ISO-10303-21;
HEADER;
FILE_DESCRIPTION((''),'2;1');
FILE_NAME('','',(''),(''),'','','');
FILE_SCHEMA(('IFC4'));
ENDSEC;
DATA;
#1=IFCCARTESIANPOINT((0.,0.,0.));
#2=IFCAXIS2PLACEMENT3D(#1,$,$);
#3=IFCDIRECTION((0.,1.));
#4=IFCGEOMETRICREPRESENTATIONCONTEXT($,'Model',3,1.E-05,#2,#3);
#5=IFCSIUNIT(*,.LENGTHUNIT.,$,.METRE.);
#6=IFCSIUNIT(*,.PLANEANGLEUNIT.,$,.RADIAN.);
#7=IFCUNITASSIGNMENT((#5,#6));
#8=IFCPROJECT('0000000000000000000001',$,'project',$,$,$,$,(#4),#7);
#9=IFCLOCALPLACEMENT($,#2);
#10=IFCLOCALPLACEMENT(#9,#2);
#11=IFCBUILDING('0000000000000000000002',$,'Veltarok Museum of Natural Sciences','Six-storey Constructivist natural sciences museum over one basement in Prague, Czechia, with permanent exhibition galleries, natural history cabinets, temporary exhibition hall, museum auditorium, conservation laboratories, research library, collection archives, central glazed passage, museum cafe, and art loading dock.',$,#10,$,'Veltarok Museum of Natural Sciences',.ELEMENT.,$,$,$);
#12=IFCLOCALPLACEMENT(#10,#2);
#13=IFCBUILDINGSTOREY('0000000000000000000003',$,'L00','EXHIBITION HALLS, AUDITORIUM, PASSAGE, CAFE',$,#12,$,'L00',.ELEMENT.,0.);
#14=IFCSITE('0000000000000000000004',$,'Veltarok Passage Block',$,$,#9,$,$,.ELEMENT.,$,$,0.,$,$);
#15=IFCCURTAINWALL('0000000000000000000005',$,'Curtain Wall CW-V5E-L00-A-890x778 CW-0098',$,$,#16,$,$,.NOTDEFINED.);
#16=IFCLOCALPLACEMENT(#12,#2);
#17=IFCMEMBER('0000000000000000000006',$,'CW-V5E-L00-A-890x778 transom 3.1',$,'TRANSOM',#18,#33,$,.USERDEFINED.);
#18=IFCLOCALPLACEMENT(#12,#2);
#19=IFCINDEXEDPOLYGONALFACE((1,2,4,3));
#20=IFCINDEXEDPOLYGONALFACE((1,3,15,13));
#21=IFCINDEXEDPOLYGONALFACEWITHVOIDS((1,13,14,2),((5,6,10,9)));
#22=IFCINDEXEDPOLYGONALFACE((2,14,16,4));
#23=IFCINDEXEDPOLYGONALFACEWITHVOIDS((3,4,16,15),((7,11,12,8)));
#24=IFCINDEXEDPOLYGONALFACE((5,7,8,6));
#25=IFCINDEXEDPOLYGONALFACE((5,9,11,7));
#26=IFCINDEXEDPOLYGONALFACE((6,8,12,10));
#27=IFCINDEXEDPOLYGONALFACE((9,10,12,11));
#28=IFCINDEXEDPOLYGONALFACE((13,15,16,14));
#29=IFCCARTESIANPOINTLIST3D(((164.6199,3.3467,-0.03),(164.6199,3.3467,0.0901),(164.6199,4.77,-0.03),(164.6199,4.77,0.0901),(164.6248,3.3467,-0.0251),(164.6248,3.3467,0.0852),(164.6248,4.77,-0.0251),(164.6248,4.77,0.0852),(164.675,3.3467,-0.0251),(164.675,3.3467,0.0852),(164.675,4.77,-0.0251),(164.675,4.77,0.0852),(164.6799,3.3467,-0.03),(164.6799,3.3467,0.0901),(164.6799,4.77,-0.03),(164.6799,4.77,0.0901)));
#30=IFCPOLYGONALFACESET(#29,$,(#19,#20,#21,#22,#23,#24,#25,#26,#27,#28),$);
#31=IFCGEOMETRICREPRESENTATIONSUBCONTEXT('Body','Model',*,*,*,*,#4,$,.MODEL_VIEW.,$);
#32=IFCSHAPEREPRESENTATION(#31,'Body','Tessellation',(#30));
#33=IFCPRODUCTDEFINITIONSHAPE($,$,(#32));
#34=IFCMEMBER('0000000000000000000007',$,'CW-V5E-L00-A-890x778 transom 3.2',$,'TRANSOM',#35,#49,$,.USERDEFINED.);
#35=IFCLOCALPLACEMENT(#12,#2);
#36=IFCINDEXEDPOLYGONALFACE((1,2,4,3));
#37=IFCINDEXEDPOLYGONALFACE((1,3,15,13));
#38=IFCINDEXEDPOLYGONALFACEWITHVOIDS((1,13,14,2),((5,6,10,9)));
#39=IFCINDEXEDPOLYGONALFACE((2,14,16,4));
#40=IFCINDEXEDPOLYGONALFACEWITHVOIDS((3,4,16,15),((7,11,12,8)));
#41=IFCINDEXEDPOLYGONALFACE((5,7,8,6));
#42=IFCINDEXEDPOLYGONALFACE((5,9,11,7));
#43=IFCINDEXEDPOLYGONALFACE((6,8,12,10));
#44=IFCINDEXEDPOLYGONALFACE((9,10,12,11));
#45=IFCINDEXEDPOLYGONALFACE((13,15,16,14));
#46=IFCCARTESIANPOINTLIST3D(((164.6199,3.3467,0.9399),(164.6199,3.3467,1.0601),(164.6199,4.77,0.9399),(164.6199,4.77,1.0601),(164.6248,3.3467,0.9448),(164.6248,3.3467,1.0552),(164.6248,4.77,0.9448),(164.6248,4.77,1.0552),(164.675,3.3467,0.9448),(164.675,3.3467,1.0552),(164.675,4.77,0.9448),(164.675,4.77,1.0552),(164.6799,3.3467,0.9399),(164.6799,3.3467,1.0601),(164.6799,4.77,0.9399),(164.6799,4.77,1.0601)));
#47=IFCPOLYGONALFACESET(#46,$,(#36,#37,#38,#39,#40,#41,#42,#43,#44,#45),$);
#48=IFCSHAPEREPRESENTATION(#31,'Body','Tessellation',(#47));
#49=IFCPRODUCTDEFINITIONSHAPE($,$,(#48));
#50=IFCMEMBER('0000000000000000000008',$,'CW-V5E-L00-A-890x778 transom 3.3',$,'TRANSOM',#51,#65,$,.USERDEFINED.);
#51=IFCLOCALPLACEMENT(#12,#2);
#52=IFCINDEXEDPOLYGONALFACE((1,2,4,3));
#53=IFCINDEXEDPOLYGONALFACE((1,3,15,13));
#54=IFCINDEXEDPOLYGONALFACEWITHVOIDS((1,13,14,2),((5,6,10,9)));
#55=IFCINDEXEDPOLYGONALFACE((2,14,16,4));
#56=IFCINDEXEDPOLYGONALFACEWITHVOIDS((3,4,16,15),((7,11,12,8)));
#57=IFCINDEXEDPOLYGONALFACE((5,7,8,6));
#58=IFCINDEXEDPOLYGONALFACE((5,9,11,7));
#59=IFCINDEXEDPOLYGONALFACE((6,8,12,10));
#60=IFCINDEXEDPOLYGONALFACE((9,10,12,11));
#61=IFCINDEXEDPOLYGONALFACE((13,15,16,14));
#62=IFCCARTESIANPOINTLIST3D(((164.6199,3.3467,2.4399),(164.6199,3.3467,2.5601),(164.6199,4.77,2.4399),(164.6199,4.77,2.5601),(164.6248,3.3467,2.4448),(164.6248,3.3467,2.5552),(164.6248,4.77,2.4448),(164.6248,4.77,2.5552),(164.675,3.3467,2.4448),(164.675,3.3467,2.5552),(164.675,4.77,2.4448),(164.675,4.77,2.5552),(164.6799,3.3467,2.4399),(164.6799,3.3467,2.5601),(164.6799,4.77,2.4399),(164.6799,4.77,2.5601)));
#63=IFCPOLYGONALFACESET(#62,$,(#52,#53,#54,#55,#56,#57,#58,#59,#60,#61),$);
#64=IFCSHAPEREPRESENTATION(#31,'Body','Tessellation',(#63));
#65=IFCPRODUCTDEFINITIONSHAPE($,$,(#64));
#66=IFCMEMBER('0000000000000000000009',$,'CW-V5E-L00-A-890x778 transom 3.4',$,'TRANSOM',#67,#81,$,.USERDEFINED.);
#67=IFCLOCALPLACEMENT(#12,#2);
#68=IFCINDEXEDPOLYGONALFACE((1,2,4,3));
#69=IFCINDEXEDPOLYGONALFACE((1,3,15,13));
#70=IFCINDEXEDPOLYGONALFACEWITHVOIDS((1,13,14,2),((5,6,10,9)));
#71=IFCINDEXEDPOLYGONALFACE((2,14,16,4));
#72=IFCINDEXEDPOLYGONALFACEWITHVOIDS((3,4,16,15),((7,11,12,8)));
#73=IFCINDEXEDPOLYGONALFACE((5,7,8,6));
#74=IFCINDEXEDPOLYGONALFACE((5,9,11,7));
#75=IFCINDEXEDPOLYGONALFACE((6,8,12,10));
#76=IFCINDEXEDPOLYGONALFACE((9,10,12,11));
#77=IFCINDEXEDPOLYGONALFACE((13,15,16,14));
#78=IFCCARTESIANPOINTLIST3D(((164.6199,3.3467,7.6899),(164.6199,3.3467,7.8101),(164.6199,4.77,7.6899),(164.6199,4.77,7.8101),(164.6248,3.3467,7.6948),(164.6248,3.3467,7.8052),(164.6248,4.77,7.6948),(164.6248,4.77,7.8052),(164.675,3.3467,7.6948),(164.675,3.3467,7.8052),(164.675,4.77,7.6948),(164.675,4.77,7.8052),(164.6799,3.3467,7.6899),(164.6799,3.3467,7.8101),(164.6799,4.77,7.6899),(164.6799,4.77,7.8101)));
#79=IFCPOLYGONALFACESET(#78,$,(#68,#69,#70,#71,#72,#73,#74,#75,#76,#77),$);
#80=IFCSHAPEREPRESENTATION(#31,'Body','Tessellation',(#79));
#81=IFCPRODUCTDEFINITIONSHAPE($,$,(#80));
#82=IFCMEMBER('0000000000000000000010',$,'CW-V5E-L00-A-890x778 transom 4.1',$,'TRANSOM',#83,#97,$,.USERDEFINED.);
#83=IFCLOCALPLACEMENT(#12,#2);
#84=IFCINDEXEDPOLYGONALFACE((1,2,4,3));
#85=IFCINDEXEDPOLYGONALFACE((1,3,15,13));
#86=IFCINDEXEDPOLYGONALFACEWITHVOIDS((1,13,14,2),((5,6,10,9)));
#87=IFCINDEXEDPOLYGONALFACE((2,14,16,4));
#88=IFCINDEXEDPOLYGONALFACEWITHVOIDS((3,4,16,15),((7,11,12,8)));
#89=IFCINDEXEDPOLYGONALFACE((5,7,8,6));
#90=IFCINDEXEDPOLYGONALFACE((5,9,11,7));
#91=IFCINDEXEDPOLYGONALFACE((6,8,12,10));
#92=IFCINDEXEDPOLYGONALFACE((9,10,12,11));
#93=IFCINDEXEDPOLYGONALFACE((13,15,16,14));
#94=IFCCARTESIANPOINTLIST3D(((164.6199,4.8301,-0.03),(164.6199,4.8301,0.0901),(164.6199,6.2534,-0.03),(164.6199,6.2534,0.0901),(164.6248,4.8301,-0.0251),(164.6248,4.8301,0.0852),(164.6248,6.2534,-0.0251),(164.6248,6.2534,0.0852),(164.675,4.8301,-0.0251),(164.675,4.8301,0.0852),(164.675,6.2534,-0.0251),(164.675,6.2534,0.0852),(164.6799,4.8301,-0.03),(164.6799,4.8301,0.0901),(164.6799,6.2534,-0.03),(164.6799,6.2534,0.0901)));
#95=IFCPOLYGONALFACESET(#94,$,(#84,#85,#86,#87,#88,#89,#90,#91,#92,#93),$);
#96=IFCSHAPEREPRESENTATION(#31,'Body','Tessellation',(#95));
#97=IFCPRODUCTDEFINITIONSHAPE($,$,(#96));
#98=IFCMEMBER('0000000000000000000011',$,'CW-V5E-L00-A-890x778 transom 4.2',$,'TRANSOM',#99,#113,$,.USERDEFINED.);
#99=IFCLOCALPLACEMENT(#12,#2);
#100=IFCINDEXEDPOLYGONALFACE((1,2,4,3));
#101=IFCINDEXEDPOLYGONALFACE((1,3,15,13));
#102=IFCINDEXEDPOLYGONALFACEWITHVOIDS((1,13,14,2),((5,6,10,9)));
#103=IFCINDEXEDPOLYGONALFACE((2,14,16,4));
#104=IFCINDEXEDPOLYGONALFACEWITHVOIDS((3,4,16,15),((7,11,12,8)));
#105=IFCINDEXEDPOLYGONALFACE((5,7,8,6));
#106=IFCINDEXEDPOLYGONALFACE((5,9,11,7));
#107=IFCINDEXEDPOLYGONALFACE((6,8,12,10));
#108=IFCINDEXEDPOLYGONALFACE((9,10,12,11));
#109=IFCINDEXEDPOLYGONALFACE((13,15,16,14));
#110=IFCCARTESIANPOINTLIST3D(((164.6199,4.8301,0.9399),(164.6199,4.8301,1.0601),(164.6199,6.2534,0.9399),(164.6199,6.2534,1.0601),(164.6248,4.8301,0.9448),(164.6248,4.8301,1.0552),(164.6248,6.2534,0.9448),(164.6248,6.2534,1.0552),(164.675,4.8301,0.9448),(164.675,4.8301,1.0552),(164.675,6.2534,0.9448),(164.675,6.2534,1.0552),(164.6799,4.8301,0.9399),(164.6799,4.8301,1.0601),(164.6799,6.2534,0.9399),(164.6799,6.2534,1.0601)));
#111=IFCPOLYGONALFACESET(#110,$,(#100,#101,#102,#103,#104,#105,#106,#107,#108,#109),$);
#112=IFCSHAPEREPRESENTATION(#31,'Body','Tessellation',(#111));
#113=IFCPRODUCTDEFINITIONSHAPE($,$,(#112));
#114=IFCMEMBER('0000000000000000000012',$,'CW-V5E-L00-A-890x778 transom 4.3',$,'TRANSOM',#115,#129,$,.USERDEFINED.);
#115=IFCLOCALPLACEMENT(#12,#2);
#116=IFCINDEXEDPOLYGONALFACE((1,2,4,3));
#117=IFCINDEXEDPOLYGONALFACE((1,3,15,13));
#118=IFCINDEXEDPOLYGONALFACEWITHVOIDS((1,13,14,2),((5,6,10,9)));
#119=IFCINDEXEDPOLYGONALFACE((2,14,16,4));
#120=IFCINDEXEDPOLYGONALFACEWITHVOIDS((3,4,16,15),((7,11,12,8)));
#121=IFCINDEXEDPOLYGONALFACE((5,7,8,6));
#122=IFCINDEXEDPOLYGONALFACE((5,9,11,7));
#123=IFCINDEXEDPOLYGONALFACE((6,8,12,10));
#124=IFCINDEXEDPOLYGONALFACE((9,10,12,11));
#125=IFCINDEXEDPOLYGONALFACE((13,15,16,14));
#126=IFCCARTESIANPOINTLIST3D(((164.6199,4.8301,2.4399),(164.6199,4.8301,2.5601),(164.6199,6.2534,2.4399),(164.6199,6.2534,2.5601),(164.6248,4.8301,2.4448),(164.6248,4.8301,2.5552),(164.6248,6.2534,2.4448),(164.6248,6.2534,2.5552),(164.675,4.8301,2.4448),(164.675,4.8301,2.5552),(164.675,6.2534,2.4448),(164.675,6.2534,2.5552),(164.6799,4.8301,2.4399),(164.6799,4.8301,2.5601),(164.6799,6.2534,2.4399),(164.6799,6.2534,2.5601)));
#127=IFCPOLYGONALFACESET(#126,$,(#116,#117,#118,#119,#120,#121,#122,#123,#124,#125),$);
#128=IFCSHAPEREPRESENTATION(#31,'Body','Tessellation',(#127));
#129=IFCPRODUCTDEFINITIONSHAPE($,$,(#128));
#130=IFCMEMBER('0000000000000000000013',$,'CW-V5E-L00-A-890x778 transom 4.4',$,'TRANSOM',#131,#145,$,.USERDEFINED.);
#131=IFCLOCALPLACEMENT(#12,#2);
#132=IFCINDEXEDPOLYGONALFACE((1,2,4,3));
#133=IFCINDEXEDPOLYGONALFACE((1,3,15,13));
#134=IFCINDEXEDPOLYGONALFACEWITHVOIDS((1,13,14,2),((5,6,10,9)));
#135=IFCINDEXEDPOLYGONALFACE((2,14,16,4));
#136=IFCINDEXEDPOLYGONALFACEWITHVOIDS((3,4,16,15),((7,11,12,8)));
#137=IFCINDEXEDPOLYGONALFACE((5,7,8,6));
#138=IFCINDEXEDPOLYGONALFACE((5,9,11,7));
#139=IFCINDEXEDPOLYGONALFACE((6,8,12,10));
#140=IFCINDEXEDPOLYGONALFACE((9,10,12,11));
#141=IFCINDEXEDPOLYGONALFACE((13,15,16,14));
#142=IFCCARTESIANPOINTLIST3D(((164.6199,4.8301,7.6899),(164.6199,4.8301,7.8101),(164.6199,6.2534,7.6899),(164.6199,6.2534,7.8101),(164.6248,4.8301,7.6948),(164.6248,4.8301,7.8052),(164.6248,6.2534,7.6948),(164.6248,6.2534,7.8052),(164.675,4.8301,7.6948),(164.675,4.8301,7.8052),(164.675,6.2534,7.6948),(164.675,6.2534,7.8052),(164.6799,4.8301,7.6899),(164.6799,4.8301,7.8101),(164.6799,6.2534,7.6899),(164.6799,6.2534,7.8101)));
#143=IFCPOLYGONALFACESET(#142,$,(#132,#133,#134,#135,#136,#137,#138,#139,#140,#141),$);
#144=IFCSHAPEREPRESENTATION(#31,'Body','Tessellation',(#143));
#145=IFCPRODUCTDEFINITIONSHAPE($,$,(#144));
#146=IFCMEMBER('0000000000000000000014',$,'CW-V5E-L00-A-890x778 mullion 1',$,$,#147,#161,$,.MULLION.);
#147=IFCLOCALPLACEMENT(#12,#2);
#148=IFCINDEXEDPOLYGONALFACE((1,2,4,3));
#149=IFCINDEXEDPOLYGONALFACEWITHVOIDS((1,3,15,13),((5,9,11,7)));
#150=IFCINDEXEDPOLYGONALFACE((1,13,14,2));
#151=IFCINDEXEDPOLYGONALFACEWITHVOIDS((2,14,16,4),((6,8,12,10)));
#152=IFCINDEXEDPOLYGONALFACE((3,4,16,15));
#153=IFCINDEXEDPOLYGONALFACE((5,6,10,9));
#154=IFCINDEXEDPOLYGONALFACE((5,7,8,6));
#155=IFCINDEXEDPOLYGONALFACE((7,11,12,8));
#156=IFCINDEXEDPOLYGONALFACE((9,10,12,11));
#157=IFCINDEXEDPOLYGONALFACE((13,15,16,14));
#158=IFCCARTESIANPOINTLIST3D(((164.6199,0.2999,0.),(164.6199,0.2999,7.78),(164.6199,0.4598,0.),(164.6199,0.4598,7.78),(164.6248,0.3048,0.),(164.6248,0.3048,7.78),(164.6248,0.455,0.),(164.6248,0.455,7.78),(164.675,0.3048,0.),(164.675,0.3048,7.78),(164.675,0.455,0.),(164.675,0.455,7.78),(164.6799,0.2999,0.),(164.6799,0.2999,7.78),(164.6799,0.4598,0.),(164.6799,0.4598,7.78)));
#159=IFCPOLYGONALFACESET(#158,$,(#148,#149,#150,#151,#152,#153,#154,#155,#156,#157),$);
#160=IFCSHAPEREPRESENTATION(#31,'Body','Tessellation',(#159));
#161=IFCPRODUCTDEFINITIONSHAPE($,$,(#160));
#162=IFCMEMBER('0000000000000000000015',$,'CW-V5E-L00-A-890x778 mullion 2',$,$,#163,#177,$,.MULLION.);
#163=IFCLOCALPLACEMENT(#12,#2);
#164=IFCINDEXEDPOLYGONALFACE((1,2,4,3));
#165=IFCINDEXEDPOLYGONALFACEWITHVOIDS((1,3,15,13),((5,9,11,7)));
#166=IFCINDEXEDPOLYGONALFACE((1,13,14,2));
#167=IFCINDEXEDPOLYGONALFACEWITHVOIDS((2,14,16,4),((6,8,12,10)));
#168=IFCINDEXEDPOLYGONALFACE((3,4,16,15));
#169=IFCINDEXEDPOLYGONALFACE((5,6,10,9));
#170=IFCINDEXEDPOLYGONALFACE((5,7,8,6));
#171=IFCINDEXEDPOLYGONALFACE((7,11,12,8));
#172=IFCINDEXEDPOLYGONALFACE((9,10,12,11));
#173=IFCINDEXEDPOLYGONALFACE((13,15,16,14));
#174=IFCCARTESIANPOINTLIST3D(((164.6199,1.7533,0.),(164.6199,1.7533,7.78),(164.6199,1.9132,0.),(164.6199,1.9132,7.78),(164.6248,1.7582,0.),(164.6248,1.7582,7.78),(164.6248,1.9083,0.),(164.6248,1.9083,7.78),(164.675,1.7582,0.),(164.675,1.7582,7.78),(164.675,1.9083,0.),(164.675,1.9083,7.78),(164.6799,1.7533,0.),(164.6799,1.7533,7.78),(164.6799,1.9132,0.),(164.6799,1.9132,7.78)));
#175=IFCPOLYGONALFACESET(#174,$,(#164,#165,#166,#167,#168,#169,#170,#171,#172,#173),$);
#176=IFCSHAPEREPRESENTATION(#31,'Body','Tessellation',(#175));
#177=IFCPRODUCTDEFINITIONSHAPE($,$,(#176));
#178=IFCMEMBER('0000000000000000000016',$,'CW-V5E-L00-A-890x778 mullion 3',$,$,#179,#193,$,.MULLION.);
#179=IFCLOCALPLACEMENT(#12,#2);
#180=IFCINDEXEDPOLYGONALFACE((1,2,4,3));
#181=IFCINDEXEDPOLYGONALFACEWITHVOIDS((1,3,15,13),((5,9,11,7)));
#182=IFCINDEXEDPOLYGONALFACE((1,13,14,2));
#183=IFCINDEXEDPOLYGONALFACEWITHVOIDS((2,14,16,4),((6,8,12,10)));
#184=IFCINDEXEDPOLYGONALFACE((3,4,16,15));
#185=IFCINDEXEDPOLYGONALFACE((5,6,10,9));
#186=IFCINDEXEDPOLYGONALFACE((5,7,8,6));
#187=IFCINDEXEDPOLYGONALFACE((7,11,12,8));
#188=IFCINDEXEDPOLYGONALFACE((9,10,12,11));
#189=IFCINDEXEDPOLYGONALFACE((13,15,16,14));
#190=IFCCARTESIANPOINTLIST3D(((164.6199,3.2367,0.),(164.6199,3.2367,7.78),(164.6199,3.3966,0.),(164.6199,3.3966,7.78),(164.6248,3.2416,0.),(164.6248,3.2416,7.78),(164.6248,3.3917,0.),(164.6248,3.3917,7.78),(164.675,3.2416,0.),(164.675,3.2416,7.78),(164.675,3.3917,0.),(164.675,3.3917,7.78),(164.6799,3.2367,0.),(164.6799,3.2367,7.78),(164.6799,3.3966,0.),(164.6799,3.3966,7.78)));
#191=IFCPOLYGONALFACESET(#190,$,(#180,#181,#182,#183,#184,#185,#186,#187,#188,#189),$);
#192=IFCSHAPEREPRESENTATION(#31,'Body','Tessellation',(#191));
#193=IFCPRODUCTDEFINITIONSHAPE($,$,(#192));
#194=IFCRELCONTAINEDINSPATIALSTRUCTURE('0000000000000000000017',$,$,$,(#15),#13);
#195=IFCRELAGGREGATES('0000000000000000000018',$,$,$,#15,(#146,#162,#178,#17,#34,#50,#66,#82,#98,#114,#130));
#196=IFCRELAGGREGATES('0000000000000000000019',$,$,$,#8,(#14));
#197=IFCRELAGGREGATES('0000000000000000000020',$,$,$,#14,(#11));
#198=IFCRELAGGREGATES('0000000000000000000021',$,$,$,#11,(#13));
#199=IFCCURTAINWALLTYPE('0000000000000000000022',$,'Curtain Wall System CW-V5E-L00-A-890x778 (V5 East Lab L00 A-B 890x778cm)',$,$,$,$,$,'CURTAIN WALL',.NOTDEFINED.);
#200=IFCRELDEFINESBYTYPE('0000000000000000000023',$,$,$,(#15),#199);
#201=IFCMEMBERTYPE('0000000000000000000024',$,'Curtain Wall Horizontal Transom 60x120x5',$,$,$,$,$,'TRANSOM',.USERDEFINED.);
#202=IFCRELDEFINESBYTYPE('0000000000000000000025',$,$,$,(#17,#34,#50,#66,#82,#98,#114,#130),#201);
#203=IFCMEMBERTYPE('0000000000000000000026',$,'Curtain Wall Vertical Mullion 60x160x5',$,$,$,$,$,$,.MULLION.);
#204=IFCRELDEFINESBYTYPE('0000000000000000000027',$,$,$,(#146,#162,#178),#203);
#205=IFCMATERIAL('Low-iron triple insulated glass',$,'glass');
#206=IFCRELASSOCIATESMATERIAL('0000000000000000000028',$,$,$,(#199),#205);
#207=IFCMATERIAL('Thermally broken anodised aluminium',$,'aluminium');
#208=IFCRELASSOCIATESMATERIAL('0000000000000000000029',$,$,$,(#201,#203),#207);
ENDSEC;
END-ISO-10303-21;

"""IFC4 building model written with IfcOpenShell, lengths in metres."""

from ifc_helpers import new_model, si_unit, direction, frame, origin, origin_2d, place, context, subcontext, project, spatial, hollow_rectangle, extrude, material, material_profile, profile_set, type_object, element, aggregate, save


model = new_model("IFC4")

# Units and contexts
model_context = context("Model", 3, precision=1e-05, world=origin(), true_north=direction((0.0, 1.0)))
body_context = subcontext(model_context, "Body", "Model", "MODEL_VIEW")
ifc_project = project(units=[si_unit("LENGTHUNIT", "METRE"), si_unit("PLANEANGLEUNIT", "RADIAN")], contexts=[model_context])

# Site, building, storey
site_placement = place(None, origin())
site = spatial("IfcSite", under=ifc_project, at=site_placement, Name="Veltarok Passage Block", CompositionType="ELEMENT", RefElevation=0.0)
building_placement = place(site_placement, origin())
building = spatial("IfcBuilding", under=site, at=building_placement, Name="Veltarok Museum of Natural Sciences", Description="Six-storey Constructivist natural sciences museum over one basement in Prague, Czechia, with permanent exhibition galleries, natural history cabinets, temporary exhibition hall, museum auditorium, conservation laboratories, research library, collection archives, central glazed passage, museum cafe, and art loading dock.", LongName="Veltarok Museum of Natural Sciences", CompositionType="ELEMENT")
storey_placement = place(building_placement, origin())
storey = spatial("IfcBuildingStorey", under=building, at=storey_placement, Name="L00", Description="EXHIBITION HALLS, AUDITORIUM, PASSAGE, CAFE", LongName="L00", CompositionType="ELEMENT", Elevation=0.0)

# Curtain wall, members
ifc_material_1 = material(Name="Low-iron triple insulated glass", Category="glass")
curtain_wall_type = type_object("IfcCurtainWallType", Name="Curtain Wall System CW-V5E-L00-A-890x778 (V5 East Lab L00 A-B 890x778cm)", ElementType="CURTAIN WALL", PredefinedType="NOTDEFINED", material=ifc_material_1)
curtain_wall_placement = place(storey_placement, origin())
curtain_wall = element("IfcCurtainWall", 1, at=curtain_wall_placement, inside=storey, type_object=curtain_wall_type, Name="Curtain Wall CW-V5E-L00-A-890x778 CW-0098", PredefinedType="NOTDEFINED")
ifc_material_2 = material(Name="Thermally broken anodised aluminium", Category="aluminium")
ifc_material_profile_1 = material_profile(ifc_material_2, hollow_rectangle(XDim=0.0601, YDim=0.1201, WallThickness=0.0049, at=origin_2d()), Name="CW TRANSOM 60x120x5")
ifc_profile_set_1 = profile_set([ifc_material_profile_1], Name="Thermally broken anodised aluminium")
member_type_1 = type_object("IfcMemberType", Name="Curtain Wall Horizontal Transom 60x120x5", ElementType="TRANSOM", PredefinedType="USERDEFINED", material=ifc_profile_set_1)
member_1_placement = place(storey_placement, frame((164.6499, 3.3467, 0.03), z_axis=(0.0, 1.0, 0.0), x_axis=(-1.0, 0.0, 0.0)))
member_1 = element("IfcMember", 2, at=member_1_placement, type_object=member_type_1, Name="CW-V5E-L00-A-890x778 transom 3.1", ObjectType="TRANSOM", PredefinedType="USERDEFINED", context=body_context, shape_type="SweptSolid", body=[
    extrude(hollow_rectangle(XDim=0.0601, YDim=0.1201, WallThickness=0.0049, at=origin_2d()), origin(), (0.0, 0.0, 1.0), 1.4233),
])
member_2_placement = place(storey_placement, frame((164.6499, 3.3467, 1.0), z_axis=(0.0, 1.0, 0.0), x_axis=(-1.0, 0.0, 0.0)))
member_2 = element("IfcMember", 3, at=member_2_placement, type_object=member_type_1, Name="CW-V5E-L00-A-890x778 transom 3.2", ObjectType="TRANSOM", PredefinedType="USERDEFINED", context=body_context, shape_type="SweptSolid", body=[
    extrude(hollow_rectangle(XDim=0.0601, YDim=0.1201, WallThickness=0.0049, at=origin_2d()), origin(), (0.0, 0.0, 1.0), 1.4233),
])
member_3_placement = place(storey_placement, frame((164.6499, 3.3467, 2.5), z_axis=(0.0, 1.0, 0.0), x_axis=(-1.0, 0.0, 0.0)))
member_3 = element("IfcMember", 4, at=member_3_placement, type_object=member_type_1, Name="CW-V5E-L00-A-890x778 transom 3.3", ObjectType="TRANSOM", PredefinedType="USERDEFINED", context=body_context, shape_type="SweptSolid", body=[
    extrude(hollow_rectangle(XDim=0.0601, YDim=0.1201, WallThickness=0.0049, at=origin_2d()), origin(), (0.0, 0.0, 1.0), 1.4233),
])
member_4_placement = place(storey_placement, frame((164.6499, 3.3467, 7.75), z_axis=(0.0, 1.0, 0.0), x_axis=(-1.0, 0.0, 0.0)))
member_4 = element("IfcMember", 5, at=member_4_placement, type_object=member_type_1, Name="CW-V5E-L00-A-890x778 transom 3.4", ObjectType="TRANSOM", PredefinedType="USERDEFINED", context=body_context, shape_type="SweptSolid", body=[
    extrude(hollow_rectangle(XDim=0.0601, YDim=0.1201, WallThickness=0.0049, at=origin_2d()), origin(), (0.0, 0.0, 1.0), 1.4233),
])
member_5_placement = place(storey_placement, frame((164.6499, 4.8301, 0.03), z_axis=(0.0, 1.0, 0.0), x_axis=(-1.0, 0.0, 0.0)))
member_5 = element("IfcMember", 6, at=member_5_placement, type_object=member_type_1, Name="CW-V5E-L00-A-890x778 transom 4.1", ObjectType="TRANSOM", PredefinedType="USERDEFINED", context=body_context, shape_type="SweptSolid", body=[
    extrude(hollow_rectangle(XDim=0.0601, YDim=0.1201, WallThickness=0.0049, at=origin_2d()), origin(), (0.0, 0.0, 1.0), 1.4233),
])
member_6_placement = place(storey_placement, frame((164.6499, 4.8301, 1.0), z_axis=(0.0, 1.0, 0.0), x_axis=(-1.0, 0.0, 0.0)))
member_6 = element("IfcMember", 7, at=member_6_placement, type_object=member_type_1, Name="CW-V5E-L00-A-890x778 transom 4.2", ObjectType="TRANSOM", PredefinedType="USERDEFINED", context=body_context, shape_type="SweptSolid", body=[
    extrude(hollow_rectangle(XDim=0.0601, YDim=0.1201, WallThickness=0.0049, at=origin_2d()), origin(), (0.0, 0.0, 1.0), 1.4233),
])
member_7_placement = place(storey_placement, frame((164.6499, 4.8301, 2.5), z_axis=(0.0, 1.0, 0.0), x_axis=(-1.0, 0.0, 0.0)))
member_7 = element("IfcMember", 8, at=member_7_placement, type_object=member_type_1, Name="CW-V5E-L00-A-890x778 transom 4.3", ObjectType="TRANSOM", PredefinedType="USERDEFINED", context=body_context, shape_type="SweptSolid", body=[
    extrude(hollow_rectangle(XDim=0.0601, YDim=0.1201, WallThickness=0.0049, at=origin_2d()), origin(), (0.0, 0.0, 1.0), 1.4233),
])
member_8_placement = place(storey_placement, frame((164.6499, 4.8301, 7.75), z_axis=(0.0, 1.0, 0.0), x_axis=(-1.0, 0.0, 0.0)))
member_8 = element("IfcMember", 9, at=member_8_placement, type_object=member_type_1, Name="CW-V5E-L00-A-890x778 transom 4.4", ObjectType="TRANSOM", PredefinedType="USERDEFINED", context=body_context, shape_type="SweptSolid", body=[
    extrude(hollow_rectangle(XDim=0.0601, YDim=0.1201, WallThickness=0.0049, at=origin_2d()), origin(), (0.0, 0.0, 1.0), 1.4233),
])
ifc_material_profile_2 = material_profile(ifc_material_2, hollow_rectangle(XDim=0.0601, YDim=0.1599, WallThickness=0.0049, at=origin_2d()), Name="CW MULLION 60x160x5")
ifc_profile_set_2 = profile_set([ifc_material_profile_2], Name="Thermally broken anodised aluminium")
member_type_2 = type_object("IfcMemberType", Name="Curtain Wall Vertical Mullion 60x160x5", PredefinedType="MULLION", material=ifc_profile_set_2)
member_9_placement = place(storey_placement, frame((164.6499, 0.3799, 0.0), z_axis=(0.0, 0.0, 1.0), x_axis=(-1.0, 0.0, 0.0)))
member_9 = element("IfcMember", 10, at=member_9_placement, type_object=member_type_2, Name="CW-V5E-L00-A-890x778 mullion 1", PredefinedType="MULLION", context=body_context, shape_type="SweptSolid", body=[
    extrude(hollow_rectangle(XDim=0.0601, YDim=0.1599, WallThickness=0.0049, at=origin_2d()), origin(), (0.0, 0.0, 1.0), 7.78),
])
member_10_placement = place(storey_placement, frame((164.6499, 1.8333, 0.0), z_axis=(0.0, 0.0, 1.0), x_axis=(-1.0, 0.0, 0.0)))
member_10 = element("IfcMember", 11, at=member_10_placement, type_object=member_type_2, Name="CW-V5E-L00-A-890x778 mullion 2", PredefinedType="MULLION", context=body_context, shape_type="SweptSolid", body=[
    extrude(hollow_rectangle(XDim=0.0601, YDim=0.1599, WallThickness=0.0049, at=origin_2d()), origin(), (0.0, 0.0, 1.0), 7.78),
])
member_11_placement = place(storey_placement, frame((164.6499, 3.3167, 0.0), z_axis=(0.0, 0.0, 1.0), x_axis=(-1.0, 0.0, 0.0)))
member_11 = element("IfcMember", 12, at=member_11_placement, type_object=member_type_2, Name="CW-V5E-L00-A-890x778 mullion 3", PredefinedType="MULLION", context=body_context, shape_type="SweptSolid", body=[
    extrude(hollow_rectangle(XDim=0.0601, YDim=0.1599, WallThickness=0.0049, at=origin_2d()), origin(), (0.0, 0.0, 1.0), 7.78),
])

aggregate(curtain_wall, [member_9, member_10, member_11, member_1, member_2, member_3, member_4, member_5, member_6, member_7, member_8])

save(model, "model.ifc")
